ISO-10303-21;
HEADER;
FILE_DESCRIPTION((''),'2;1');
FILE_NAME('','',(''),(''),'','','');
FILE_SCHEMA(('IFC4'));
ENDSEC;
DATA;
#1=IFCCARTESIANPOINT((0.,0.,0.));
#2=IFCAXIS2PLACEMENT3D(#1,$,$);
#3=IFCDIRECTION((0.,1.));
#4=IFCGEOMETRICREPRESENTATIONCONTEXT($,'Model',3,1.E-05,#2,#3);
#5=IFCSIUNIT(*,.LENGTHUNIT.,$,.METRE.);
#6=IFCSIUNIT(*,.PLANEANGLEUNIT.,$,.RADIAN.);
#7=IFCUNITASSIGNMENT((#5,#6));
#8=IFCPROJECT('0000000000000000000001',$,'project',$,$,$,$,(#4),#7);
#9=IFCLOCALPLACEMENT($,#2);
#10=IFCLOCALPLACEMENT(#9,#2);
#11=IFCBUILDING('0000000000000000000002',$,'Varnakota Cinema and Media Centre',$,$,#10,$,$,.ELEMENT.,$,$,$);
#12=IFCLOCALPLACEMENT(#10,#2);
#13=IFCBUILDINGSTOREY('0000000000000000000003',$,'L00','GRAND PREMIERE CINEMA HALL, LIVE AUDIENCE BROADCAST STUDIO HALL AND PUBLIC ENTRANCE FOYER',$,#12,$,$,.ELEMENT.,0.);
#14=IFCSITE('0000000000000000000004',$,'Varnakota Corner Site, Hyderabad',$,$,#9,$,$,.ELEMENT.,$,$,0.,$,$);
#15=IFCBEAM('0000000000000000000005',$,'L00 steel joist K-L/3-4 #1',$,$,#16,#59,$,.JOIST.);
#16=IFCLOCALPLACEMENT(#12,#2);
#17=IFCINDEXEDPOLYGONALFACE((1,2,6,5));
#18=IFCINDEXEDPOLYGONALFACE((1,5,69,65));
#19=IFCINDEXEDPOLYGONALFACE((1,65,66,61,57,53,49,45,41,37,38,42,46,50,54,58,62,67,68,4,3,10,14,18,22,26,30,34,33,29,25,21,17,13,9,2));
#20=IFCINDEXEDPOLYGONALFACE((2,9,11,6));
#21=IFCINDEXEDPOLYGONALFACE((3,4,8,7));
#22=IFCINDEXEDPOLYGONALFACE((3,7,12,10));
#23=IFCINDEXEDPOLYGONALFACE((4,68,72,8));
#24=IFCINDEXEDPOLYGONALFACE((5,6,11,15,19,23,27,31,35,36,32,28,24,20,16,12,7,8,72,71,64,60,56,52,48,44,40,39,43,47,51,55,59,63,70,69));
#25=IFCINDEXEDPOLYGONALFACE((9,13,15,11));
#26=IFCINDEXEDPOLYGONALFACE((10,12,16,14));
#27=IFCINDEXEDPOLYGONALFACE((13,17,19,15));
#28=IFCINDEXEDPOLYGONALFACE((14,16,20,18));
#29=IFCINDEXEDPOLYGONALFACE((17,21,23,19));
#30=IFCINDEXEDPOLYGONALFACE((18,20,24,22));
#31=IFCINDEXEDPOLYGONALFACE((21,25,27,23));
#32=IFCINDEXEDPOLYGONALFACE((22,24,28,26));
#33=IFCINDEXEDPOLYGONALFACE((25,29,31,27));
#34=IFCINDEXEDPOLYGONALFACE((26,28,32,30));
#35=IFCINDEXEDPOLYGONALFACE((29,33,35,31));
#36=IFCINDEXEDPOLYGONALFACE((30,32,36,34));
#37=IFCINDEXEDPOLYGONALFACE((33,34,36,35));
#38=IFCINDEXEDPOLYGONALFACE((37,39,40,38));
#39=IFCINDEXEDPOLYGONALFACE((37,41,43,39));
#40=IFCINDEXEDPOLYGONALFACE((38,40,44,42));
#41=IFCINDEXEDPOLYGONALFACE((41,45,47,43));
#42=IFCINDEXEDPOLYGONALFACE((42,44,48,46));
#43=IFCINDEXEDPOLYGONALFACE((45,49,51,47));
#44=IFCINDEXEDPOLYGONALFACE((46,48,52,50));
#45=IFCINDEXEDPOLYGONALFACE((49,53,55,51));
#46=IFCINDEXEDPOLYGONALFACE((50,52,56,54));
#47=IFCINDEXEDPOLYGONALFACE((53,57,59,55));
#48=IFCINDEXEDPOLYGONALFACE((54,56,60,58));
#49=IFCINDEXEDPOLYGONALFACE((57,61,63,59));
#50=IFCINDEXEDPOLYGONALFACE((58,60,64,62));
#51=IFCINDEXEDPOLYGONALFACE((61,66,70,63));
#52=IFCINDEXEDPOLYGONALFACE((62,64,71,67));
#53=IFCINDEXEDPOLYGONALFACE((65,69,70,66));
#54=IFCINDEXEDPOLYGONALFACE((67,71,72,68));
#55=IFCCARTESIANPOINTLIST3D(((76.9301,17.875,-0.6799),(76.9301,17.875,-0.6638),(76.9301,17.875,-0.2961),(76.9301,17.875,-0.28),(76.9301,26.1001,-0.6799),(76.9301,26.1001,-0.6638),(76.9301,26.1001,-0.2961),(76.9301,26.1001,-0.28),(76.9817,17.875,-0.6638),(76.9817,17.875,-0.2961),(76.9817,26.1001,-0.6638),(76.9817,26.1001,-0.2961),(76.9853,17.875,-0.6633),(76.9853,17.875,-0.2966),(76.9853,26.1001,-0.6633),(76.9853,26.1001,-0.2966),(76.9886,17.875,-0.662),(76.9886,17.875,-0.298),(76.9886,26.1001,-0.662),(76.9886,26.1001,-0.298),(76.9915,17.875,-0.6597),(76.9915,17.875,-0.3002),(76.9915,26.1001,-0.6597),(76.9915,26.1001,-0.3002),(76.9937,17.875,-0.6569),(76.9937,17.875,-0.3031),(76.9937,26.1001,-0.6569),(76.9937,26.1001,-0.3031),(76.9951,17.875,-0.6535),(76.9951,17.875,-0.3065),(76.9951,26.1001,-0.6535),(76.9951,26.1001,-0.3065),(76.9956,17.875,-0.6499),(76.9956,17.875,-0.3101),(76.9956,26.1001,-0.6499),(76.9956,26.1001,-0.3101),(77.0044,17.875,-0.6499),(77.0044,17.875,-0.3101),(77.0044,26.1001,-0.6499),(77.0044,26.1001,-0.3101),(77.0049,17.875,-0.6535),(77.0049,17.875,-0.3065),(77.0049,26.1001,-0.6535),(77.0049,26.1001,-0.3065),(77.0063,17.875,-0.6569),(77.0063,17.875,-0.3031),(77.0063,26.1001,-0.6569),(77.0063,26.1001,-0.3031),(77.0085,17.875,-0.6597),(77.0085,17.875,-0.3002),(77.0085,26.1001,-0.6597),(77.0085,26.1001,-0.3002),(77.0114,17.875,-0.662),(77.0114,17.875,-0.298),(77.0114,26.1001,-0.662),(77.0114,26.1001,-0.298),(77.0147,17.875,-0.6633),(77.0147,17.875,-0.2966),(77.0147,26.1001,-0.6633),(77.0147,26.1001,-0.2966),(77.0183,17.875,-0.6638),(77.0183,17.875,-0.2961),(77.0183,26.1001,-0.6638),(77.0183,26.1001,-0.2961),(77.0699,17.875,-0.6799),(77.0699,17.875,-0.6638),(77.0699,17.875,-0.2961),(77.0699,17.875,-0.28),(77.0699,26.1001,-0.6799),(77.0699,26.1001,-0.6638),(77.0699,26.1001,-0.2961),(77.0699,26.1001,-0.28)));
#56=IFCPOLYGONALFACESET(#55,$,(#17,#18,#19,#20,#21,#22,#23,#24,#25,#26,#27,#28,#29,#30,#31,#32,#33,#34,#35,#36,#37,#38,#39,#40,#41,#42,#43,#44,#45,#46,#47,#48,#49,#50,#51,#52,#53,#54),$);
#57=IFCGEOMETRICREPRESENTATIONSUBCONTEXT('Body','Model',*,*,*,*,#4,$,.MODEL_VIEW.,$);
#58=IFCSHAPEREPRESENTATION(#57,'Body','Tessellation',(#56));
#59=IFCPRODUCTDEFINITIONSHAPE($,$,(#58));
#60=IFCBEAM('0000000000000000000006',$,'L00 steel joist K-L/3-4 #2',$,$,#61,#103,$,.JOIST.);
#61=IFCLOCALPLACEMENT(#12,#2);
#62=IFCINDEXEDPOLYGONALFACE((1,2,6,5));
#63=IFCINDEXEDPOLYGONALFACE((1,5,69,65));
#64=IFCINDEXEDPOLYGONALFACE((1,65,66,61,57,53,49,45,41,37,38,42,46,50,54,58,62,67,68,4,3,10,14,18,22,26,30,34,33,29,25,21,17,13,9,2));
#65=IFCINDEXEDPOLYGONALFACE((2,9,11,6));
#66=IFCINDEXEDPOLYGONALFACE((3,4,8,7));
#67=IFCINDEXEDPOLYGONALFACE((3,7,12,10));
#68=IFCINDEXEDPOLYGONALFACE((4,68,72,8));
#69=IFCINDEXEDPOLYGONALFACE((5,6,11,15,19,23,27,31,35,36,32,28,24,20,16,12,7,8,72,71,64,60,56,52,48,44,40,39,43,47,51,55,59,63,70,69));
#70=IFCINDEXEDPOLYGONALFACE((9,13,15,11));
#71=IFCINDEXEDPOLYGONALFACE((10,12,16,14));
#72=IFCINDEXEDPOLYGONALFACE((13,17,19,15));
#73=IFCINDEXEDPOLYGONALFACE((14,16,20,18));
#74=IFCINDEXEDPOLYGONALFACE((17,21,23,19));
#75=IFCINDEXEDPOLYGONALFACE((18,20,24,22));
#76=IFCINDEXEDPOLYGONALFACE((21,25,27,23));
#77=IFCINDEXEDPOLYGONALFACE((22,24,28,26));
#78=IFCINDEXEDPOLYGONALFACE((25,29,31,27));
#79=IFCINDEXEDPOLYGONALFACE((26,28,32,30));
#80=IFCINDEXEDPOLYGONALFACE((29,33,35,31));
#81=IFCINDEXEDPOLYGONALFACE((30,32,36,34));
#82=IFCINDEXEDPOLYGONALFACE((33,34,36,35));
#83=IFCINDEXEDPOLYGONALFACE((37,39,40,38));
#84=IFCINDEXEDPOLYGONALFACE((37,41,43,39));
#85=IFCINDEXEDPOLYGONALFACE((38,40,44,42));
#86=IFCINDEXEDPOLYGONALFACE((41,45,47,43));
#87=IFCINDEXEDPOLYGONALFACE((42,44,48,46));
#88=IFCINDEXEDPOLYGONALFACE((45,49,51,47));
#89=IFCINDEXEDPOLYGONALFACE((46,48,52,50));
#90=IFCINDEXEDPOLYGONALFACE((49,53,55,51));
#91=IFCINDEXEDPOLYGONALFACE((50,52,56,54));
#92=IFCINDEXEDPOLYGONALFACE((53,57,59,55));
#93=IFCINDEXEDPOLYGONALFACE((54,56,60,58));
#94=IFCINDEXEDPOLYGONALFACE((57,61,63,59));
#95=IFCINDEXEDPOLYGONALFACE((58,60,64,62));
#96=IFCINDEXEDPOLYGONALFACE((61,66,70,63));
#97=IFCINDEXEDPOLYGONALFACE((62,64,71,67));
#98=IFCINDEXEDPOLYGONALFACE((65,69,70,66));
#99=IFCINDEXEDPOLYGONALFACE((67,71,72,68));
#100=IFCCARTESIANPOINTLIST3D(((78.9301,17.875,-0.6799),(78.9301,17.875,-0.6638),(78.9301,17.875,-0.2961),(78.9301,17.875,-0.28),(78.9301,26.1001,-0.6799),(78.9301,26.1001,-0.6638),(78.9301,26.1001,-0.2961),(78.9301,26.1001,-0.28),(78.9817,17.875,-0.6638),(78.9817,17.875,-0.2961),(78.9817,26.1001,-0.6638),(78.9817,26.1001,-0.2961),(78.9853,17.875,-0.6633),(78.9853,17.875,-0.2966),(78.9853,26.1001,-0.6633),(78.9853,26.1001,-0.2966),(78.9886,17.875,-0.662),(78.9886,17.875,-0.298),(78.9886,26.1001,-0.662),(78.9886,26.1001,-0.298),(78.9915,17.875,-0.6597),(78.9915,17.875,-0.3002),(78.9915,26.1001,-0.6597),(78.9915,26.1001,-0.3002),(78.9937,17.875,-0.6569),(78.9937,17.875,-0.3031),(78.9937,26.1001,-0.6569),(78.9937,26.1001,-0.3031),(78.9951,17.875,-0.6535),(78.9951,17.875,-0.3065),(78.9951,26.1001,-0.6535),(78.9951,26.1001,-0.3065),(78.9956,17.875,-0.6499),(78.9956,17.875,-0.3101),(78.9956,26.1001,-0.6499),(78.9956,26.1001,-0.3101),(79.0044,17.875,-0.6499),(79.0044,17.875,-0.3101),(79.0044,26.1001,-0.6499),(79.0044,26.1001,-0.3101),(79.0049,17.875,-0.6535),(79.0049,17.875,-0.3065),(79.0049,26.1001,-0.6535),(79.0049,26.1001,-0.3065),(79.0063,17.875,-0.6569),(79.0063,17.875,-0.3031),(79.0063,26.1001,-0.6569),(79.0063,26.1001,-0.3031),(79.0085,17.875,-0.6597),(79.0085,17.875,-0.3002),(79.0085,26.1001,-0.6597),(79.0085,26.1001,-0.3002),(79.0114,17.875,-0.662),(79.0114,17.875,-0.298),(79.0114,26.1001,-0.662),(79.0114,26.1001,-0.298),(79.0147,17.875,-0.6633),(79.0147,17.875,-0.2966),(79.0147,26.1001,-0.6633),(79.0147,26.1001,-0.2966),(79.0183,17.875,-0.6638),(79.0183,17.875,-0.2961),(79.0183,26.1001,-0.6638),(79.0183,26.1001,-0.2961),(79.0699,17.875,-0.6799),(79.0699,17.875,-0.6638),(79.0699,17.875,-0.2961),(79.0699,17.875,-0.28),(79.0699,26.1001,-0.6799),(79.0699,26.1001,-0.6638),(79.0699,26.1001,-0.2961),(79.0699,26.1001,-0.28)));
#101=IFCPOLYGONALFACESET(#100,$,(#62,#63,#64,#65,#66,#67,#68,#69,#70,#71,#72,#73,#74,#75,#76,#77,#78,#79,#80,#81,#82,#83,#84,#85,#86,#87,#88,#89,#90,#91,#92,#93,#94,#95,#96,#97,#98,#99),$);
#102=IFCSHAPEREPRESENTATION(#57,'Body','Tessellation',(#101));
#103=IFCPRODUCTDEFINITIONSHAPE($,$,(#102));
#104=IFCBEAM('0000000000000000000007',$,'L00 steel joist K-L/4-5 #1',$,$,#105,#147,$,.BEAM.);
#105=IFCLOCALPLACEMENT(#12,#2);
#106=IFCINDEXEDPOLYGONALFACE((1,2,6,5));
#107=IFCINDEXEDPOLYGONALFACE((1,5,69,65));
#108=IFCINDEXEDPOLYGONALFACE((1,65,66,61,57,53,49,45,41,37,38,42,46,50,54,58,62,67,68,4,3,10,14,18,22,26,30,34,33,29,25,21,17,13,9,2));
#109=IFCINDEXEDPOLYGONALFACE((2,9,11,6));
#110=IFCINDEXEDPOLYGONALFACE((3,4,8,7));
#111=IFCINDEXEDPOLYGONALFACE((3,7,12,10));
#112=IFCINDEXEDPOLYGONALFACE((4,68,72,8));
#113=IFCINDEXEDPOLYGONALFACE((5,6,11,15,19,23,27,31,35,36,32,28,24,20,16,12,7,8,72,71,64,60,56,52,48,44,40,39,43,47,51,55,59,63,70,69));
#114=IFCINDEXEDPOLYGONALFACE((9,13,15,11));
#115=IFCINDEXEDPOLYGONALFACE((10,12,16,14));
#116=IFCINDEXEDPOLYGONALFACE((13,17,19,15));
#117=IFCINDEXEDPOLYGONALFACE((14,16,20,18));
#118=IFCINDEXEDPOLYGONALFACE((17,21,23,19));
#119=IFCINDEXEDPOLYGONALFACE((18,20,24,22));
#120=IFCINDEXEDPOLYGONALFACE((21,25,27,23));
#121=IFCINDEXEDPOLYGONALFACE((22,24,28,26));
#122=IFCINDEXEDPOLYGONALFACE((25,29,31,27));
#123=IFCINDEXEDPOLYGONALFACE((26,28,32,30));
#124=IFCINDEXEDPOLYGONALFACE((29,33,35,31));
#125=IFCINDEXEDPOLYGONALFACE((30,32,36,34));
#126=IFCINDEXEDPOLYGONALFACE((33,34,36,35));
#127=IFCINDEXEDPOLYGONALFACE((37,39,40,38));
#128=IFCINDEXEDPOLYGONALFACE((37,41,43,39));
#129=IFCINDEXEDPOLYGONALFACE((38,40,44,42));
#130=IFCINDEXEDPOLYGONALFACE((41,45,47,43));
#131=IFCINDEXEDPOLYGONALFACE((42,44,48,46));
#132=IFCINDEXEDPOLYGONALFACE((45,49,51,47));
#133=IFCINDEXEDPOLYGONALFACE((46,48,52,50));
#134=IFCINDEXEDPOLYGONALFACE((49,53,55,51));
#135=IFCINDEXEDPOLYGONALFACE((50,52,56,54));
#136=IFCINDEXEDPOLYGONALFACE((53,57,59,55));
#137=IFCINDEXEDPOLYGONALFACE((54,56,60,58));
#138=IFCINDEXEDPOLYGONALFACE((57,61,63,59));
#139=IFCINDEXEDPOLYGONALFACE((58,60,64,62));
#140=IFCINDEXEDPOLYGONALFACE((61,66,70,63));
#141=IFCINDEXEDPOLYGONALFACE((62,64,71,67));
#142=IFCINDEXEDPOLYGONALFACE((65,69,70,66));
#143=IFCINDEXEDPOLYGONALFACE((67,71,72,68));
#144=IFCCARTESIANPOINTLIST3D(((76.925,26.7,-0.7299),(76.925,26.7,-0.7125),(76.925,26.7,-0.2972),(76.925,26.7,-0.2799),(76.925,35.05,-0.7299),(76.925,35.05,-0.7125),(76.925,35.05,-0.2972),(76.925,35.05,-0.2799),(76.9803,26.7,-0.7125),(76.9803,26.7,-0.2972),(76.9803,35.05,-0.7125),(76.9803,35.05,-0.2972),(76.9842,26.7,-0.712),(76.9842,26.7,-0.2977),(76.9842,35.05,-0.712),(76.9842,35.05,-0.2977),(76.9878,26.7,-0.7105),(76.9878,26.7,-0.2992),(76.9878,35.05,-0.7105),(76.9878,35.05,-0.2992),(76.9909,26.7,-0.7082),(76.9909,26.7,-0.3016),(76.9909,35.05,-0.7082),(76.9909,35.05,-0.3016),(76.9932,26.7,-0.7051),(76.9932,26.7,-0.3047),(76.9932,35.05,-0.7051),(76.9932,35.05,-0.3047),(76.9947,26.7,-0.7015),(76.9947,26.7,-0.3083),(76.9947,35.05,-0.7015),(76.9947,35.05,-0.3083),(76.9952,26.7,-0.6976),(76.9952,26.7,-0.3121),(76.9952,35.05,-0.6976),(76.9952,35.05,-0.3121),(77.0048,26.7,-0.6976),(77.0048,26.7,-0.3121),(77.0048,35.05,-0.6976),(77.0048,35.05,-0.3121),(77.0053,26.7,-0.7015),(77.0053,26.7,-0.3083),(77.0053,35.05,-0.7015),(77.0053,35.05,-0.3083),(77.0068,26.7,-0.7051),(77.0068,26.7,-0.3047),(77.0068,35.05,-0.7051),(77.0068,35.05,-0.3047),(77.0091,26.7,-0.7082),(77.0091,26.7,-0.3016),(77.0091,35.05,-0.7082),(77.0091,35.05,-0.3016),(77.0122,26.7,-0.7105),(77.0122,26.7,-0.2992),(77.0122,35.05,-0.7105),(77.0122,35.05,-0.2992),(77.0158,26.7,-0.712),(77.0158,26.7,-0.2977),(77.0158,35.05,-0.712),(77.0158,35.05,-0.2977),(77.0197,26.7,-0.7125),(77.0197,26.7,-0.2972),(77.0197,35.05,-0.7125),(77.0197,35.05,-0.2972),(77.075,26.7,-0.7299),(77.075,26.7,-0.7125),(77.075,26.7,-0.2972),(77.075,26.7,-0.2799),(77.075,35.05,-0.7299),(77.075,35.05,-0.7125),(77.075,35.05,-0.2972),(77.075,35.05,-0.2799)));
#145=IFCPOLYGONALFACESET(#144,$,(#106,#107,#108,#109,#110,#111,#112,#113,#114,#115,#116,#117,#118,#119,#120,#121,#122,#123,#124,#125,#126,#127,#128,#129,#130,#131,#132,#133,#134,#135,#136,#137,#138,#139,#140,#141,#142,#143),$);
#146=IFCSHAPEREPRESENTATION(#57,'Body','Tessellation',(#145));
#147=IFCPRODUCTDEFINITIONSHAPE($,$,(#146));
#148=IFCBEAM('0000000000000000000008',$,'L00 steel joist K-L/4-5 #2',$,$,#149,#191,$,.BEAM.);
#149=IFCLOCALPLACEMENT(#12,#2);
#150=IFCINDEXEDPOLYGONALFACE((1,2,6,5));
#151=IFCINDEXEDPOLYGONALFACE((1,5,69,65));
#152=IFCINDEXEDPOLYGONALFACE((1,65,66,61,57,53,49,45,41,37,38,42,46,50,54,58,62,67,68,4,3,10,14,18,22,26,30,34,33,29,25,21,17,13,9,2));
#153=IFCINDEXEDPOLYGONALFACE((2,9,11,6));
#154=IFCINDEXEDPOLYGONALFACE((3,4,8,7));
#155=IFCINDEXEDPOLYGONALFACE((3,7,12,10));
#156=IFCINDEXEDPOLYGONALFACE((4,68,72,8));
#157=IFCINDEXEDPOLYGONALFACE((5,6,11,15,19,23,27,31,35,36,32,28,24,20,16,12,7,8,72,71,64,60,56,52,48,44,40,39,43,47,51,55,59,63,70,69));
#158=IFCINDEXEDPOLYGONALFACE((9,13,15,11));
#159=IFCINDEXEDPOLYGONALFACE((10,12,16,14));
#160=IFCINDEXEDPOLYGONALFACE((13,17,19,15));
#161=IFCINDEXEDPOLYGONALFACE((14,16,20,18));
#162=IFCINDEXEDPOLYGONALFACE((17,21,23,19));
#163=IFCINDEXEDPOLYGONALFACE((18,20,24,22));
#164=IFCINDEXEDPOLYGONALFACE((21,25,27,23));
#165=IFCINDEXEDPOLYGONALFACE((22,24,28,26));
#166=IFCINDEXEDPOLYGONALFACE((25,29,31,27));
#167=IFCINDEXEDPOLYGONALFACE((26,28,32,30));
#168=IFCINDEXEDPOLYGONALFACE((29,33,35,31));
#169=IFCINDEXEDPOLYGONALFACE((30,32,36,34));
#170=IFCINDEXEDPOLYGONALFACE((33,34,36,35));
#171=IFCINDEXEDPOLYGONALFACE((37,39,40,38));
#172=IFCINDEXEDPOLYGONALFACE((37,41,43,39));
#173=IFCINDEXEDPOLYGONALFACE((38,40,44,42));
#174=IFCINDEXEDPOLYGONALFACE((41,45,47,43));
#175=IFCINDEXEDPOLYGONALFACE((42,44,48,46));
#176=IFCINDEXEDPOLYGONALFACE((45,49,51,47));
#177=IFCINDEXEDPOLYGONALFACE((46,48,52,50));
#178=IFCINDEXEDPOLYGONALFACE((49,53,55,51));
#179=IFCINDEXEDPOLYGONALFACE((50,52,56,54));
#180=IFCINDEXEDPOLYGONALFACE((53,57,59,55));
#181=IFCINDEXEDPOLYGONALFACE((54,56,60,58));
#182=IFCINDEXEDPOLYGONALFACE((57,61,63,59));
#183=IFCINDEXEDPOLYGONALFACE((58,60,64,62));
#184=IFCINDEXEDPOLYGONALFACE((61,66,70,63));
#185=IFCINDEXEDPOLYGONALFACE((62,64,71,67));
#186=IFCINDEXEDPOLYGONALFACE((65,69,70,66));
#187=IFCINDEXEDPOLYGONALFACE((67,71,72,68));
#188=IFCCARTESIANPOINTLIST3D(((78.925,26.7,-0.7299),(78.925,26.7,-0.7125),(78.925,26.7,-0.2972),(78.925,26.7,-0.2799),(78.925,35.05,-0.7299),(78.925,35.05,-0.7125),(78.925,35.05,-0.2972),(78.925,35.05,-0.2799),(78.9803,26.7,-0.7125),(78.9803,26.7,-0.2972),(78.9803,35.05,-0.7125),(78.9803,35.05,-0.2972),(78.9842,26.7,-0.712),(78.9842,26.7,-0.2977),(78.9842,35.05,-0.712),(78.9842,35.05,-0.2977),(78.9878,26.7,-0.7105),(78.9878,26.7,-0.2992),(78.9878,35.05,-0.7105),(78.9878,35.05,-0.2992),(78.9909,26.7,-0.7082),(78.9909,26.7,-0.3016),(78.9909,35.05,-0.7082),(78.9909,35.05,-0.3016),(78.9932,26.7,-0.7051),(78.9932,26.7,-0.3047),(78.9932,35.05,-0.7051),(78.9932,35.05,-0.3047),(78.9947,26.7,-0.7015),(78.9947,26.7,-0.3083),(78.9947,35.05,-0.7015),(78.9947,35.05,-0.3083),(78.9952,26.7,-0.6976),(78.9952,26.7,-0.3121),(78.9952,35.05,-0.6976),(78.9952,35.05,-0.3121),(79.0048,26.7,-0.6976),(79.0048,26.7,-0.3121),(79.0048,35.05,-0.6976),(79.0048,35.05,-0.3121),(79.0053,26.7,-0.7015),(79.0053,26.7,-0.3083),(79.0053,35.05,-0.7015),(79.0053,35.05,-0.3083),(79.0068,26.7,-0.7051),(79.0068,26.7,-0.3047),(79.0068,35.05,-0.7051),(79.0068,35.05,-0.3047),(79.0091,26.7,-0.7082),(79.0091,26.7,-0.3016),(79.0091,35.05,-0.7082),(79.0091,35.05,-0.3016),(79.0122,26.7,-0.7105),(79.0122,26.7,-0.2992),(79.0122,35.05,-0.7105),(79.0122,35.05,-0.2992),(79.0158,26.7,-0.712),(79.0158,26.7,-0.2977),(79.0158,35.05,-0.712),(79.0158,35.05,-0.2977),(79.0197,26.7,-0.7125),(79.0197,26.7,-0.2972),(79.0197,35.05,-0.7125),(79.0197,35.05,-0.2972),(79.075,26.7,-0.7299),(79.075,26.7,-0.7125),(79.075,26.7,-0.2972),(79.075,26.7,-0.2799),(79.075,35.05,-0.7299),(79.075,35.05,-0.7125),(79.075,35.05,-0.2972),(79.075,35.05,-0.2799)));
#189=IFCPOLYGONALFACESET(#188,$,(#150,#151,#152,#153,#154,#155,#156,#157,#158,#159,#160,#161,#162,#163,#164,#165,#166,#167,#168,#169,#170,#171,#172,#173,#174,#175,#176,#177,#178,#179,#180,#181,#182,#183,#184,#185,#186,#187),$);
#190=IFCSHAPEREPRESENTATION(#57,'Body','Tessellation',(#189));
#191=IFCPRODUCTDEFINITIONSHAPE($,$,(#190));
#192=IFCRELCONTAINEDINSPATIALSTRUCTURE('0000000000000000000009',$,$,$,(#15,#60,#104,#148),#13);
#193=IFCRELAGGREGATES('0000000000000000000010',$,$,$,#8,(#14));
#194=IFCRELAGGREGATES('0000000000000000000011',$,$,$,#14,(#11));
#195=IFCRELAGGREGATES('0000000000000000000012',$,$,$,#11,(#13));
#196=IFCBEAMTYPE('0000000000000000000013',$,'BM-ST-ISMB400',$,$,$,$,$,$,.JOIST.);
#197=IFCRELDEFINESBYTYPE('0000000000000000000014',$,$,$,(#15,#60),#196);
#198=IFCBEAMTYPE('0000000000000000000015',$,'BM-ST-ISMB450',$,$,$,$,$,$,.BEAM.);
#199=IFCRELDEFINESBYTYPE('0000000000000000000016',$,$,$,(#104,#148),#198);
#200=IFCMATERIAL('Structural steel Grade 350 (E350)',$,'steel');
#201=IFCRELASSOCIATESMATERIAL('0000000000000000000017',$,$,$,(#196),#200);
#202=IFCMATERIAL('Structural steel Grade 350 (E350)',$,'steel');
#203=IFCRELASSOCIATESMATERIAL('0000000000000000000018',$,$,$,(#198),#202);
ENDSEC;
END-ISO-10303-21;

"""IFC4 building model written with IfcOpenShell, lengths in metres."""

from ifc_helpers import new_model, si_unit, direction, frame, origin, origin_2d, place, context, subcontext, project, spatial, i_section, extrude, material, material_profile, profile_set, type_object, element, save


model = new_model("IFC4")

# Units and contexts
model_context = context("Model", 3, precision=1e-05, world=origin(), true_north=direction((0.0, 1.0)))
body_context = subcontext(model_context, "Body", "Model", "MODEL_VIEW")
ifc_project = project(units=[si_unit("LENGTHUNIT", "METRE"), si_unit("PLANEANGLEUNIT", "RADIAN")], contexts=[model_context])

# Site, building, storey
site_placement = place(None, origin())
site = spatial("IfcSite", under=ifc_project, at=site_placement, Name="Varnakota Corner Site, Hyderabad", CompositionType="ELEMENT", RefElevation=0.0)
building_placement = place(site_placement, origin())
building = spatial("IfcBuilding", under=site, at=building_placement, Name="Varnakota Cinema and Media Centre", CompositionType="ELEMENT")
storey_placement = place(building_placement, origin())
storey = spatial("IfcBuildingStorey", under=building, at=storey_placement, Name="L00", Description="GRAND PREMIERE CINEMA HALL, LIVE AUDIENCE BROADCAST STUDIO HALL AND PUBLIC ENTRANCE FOYER", CompositionType="ELEMENT", Elevation=0.0)

# Beams
ifc_material_1 = material(Name="Structural steel Grade 350 (E350)", Category="steel")
ifc_material_profile_1 = material_profile(ifc_material_1, i_section(OverallWidth=0.1399, OverallDepth=0.3999, WebThickness=0.0088, FlangeThickness=0.0161, FilletRadius=0.0139, at=origin_2d()), Name="ISMB 400")
ifc_profile_set_1 = profile_set([ifc_material_profile_1], Name="Structural steel Grade 350 (E350)")
beam_type_1 = type_object("IfcBeamType", Name="BM-ST-ISMB400", PredefinedType="JOIST", material=ifc_profile_set_1)
for number, where, z_axis, x_axis, name in (
    (1, (77.0, 17.875, -0.48), (0.0, 1.0, 0.0), (-1.0, 0.0, 0.0), "L00 steel joist K-L/3-4 #1"),
    (2, (79.0, 17.875, -0.48), (0.0, 1.0, 0.0), (-1.0, 0.0, 0.0), "L00 steel joist K-L/3-4 #2"),
):
    element("IfcBeam", number, at=place(storey_placement, frame(where, z_axis=z_axis, x_axis=x_axis)), inside=storey, type_object=beam_type_1, Name=name, PredefinedType="JOIST", context=body_context, shape_type="SweptSolid", body=[
        extrude(i_section(OverallWidth=0.1399, OverallDepth=0.3999, WebThickness=0.0088, FlangeThickness=0.0161, FilletRadius=0.0139, at=origin_2d()), origin(), (0.0, 0.0, 1.0), 8.2251),
    ])
ifc_material_2 = material(Name="Structural steel Grade 350 (E350)", Category="steel")
ifc_material_profile_2 = material_profile(ifc_material_2, i_section(OverallWidth=0.1499, OverallDepth=0.45, WebThickness=0.0095, FlangeThickness=0.0173, FilletRadius=0.0149, at=origin_2d()), Name="ISMB 450")
ifc_profile_set_2 = profile_set([ifc_material_profile_2], Name="Structural steel Grade 350 (E350)")
beam_type_2 = type_object("IfcBeamType", Name="BM-ST-ISMB450", PredefinedType="BEAM", material=ifc_profile_set_2)
for number, where, z_axis, x_axis, name in (
    (3, (77.0, 26.7, -0.5049), (0.0, 1.0, 0.0), (-1.0, 0.0, 0.0), "L00 steel joist K-L/4-5 #1"),
    (4, (79.0, 26.7, -0.5049), (0.0, 1.0, 0.0), (-1.0, 0.0, 0.0), "L00 steel joist K-L/4-5 #2"),
):
    element("IfcBeam", number, at=place(storey_placement, frame(where, z_axis=z_axis, x_axis=x_axis)), inside=storey, type_object=beam_type_2, Name=name, PredefinedType="BEAM", context=body_context, shape_type="SweptSolid", body=[
        extrude(i_section(OverallWidth=0.1499, OverallDepth=0.45, WebThickness=0.0095, FlangeThickness=0.0173, FilletRadius=0.0149, at=origin_2d()), origin(), (0.0, 0.0, 1.0), 8.3501),
    ])

save(model, "model.ifc")
